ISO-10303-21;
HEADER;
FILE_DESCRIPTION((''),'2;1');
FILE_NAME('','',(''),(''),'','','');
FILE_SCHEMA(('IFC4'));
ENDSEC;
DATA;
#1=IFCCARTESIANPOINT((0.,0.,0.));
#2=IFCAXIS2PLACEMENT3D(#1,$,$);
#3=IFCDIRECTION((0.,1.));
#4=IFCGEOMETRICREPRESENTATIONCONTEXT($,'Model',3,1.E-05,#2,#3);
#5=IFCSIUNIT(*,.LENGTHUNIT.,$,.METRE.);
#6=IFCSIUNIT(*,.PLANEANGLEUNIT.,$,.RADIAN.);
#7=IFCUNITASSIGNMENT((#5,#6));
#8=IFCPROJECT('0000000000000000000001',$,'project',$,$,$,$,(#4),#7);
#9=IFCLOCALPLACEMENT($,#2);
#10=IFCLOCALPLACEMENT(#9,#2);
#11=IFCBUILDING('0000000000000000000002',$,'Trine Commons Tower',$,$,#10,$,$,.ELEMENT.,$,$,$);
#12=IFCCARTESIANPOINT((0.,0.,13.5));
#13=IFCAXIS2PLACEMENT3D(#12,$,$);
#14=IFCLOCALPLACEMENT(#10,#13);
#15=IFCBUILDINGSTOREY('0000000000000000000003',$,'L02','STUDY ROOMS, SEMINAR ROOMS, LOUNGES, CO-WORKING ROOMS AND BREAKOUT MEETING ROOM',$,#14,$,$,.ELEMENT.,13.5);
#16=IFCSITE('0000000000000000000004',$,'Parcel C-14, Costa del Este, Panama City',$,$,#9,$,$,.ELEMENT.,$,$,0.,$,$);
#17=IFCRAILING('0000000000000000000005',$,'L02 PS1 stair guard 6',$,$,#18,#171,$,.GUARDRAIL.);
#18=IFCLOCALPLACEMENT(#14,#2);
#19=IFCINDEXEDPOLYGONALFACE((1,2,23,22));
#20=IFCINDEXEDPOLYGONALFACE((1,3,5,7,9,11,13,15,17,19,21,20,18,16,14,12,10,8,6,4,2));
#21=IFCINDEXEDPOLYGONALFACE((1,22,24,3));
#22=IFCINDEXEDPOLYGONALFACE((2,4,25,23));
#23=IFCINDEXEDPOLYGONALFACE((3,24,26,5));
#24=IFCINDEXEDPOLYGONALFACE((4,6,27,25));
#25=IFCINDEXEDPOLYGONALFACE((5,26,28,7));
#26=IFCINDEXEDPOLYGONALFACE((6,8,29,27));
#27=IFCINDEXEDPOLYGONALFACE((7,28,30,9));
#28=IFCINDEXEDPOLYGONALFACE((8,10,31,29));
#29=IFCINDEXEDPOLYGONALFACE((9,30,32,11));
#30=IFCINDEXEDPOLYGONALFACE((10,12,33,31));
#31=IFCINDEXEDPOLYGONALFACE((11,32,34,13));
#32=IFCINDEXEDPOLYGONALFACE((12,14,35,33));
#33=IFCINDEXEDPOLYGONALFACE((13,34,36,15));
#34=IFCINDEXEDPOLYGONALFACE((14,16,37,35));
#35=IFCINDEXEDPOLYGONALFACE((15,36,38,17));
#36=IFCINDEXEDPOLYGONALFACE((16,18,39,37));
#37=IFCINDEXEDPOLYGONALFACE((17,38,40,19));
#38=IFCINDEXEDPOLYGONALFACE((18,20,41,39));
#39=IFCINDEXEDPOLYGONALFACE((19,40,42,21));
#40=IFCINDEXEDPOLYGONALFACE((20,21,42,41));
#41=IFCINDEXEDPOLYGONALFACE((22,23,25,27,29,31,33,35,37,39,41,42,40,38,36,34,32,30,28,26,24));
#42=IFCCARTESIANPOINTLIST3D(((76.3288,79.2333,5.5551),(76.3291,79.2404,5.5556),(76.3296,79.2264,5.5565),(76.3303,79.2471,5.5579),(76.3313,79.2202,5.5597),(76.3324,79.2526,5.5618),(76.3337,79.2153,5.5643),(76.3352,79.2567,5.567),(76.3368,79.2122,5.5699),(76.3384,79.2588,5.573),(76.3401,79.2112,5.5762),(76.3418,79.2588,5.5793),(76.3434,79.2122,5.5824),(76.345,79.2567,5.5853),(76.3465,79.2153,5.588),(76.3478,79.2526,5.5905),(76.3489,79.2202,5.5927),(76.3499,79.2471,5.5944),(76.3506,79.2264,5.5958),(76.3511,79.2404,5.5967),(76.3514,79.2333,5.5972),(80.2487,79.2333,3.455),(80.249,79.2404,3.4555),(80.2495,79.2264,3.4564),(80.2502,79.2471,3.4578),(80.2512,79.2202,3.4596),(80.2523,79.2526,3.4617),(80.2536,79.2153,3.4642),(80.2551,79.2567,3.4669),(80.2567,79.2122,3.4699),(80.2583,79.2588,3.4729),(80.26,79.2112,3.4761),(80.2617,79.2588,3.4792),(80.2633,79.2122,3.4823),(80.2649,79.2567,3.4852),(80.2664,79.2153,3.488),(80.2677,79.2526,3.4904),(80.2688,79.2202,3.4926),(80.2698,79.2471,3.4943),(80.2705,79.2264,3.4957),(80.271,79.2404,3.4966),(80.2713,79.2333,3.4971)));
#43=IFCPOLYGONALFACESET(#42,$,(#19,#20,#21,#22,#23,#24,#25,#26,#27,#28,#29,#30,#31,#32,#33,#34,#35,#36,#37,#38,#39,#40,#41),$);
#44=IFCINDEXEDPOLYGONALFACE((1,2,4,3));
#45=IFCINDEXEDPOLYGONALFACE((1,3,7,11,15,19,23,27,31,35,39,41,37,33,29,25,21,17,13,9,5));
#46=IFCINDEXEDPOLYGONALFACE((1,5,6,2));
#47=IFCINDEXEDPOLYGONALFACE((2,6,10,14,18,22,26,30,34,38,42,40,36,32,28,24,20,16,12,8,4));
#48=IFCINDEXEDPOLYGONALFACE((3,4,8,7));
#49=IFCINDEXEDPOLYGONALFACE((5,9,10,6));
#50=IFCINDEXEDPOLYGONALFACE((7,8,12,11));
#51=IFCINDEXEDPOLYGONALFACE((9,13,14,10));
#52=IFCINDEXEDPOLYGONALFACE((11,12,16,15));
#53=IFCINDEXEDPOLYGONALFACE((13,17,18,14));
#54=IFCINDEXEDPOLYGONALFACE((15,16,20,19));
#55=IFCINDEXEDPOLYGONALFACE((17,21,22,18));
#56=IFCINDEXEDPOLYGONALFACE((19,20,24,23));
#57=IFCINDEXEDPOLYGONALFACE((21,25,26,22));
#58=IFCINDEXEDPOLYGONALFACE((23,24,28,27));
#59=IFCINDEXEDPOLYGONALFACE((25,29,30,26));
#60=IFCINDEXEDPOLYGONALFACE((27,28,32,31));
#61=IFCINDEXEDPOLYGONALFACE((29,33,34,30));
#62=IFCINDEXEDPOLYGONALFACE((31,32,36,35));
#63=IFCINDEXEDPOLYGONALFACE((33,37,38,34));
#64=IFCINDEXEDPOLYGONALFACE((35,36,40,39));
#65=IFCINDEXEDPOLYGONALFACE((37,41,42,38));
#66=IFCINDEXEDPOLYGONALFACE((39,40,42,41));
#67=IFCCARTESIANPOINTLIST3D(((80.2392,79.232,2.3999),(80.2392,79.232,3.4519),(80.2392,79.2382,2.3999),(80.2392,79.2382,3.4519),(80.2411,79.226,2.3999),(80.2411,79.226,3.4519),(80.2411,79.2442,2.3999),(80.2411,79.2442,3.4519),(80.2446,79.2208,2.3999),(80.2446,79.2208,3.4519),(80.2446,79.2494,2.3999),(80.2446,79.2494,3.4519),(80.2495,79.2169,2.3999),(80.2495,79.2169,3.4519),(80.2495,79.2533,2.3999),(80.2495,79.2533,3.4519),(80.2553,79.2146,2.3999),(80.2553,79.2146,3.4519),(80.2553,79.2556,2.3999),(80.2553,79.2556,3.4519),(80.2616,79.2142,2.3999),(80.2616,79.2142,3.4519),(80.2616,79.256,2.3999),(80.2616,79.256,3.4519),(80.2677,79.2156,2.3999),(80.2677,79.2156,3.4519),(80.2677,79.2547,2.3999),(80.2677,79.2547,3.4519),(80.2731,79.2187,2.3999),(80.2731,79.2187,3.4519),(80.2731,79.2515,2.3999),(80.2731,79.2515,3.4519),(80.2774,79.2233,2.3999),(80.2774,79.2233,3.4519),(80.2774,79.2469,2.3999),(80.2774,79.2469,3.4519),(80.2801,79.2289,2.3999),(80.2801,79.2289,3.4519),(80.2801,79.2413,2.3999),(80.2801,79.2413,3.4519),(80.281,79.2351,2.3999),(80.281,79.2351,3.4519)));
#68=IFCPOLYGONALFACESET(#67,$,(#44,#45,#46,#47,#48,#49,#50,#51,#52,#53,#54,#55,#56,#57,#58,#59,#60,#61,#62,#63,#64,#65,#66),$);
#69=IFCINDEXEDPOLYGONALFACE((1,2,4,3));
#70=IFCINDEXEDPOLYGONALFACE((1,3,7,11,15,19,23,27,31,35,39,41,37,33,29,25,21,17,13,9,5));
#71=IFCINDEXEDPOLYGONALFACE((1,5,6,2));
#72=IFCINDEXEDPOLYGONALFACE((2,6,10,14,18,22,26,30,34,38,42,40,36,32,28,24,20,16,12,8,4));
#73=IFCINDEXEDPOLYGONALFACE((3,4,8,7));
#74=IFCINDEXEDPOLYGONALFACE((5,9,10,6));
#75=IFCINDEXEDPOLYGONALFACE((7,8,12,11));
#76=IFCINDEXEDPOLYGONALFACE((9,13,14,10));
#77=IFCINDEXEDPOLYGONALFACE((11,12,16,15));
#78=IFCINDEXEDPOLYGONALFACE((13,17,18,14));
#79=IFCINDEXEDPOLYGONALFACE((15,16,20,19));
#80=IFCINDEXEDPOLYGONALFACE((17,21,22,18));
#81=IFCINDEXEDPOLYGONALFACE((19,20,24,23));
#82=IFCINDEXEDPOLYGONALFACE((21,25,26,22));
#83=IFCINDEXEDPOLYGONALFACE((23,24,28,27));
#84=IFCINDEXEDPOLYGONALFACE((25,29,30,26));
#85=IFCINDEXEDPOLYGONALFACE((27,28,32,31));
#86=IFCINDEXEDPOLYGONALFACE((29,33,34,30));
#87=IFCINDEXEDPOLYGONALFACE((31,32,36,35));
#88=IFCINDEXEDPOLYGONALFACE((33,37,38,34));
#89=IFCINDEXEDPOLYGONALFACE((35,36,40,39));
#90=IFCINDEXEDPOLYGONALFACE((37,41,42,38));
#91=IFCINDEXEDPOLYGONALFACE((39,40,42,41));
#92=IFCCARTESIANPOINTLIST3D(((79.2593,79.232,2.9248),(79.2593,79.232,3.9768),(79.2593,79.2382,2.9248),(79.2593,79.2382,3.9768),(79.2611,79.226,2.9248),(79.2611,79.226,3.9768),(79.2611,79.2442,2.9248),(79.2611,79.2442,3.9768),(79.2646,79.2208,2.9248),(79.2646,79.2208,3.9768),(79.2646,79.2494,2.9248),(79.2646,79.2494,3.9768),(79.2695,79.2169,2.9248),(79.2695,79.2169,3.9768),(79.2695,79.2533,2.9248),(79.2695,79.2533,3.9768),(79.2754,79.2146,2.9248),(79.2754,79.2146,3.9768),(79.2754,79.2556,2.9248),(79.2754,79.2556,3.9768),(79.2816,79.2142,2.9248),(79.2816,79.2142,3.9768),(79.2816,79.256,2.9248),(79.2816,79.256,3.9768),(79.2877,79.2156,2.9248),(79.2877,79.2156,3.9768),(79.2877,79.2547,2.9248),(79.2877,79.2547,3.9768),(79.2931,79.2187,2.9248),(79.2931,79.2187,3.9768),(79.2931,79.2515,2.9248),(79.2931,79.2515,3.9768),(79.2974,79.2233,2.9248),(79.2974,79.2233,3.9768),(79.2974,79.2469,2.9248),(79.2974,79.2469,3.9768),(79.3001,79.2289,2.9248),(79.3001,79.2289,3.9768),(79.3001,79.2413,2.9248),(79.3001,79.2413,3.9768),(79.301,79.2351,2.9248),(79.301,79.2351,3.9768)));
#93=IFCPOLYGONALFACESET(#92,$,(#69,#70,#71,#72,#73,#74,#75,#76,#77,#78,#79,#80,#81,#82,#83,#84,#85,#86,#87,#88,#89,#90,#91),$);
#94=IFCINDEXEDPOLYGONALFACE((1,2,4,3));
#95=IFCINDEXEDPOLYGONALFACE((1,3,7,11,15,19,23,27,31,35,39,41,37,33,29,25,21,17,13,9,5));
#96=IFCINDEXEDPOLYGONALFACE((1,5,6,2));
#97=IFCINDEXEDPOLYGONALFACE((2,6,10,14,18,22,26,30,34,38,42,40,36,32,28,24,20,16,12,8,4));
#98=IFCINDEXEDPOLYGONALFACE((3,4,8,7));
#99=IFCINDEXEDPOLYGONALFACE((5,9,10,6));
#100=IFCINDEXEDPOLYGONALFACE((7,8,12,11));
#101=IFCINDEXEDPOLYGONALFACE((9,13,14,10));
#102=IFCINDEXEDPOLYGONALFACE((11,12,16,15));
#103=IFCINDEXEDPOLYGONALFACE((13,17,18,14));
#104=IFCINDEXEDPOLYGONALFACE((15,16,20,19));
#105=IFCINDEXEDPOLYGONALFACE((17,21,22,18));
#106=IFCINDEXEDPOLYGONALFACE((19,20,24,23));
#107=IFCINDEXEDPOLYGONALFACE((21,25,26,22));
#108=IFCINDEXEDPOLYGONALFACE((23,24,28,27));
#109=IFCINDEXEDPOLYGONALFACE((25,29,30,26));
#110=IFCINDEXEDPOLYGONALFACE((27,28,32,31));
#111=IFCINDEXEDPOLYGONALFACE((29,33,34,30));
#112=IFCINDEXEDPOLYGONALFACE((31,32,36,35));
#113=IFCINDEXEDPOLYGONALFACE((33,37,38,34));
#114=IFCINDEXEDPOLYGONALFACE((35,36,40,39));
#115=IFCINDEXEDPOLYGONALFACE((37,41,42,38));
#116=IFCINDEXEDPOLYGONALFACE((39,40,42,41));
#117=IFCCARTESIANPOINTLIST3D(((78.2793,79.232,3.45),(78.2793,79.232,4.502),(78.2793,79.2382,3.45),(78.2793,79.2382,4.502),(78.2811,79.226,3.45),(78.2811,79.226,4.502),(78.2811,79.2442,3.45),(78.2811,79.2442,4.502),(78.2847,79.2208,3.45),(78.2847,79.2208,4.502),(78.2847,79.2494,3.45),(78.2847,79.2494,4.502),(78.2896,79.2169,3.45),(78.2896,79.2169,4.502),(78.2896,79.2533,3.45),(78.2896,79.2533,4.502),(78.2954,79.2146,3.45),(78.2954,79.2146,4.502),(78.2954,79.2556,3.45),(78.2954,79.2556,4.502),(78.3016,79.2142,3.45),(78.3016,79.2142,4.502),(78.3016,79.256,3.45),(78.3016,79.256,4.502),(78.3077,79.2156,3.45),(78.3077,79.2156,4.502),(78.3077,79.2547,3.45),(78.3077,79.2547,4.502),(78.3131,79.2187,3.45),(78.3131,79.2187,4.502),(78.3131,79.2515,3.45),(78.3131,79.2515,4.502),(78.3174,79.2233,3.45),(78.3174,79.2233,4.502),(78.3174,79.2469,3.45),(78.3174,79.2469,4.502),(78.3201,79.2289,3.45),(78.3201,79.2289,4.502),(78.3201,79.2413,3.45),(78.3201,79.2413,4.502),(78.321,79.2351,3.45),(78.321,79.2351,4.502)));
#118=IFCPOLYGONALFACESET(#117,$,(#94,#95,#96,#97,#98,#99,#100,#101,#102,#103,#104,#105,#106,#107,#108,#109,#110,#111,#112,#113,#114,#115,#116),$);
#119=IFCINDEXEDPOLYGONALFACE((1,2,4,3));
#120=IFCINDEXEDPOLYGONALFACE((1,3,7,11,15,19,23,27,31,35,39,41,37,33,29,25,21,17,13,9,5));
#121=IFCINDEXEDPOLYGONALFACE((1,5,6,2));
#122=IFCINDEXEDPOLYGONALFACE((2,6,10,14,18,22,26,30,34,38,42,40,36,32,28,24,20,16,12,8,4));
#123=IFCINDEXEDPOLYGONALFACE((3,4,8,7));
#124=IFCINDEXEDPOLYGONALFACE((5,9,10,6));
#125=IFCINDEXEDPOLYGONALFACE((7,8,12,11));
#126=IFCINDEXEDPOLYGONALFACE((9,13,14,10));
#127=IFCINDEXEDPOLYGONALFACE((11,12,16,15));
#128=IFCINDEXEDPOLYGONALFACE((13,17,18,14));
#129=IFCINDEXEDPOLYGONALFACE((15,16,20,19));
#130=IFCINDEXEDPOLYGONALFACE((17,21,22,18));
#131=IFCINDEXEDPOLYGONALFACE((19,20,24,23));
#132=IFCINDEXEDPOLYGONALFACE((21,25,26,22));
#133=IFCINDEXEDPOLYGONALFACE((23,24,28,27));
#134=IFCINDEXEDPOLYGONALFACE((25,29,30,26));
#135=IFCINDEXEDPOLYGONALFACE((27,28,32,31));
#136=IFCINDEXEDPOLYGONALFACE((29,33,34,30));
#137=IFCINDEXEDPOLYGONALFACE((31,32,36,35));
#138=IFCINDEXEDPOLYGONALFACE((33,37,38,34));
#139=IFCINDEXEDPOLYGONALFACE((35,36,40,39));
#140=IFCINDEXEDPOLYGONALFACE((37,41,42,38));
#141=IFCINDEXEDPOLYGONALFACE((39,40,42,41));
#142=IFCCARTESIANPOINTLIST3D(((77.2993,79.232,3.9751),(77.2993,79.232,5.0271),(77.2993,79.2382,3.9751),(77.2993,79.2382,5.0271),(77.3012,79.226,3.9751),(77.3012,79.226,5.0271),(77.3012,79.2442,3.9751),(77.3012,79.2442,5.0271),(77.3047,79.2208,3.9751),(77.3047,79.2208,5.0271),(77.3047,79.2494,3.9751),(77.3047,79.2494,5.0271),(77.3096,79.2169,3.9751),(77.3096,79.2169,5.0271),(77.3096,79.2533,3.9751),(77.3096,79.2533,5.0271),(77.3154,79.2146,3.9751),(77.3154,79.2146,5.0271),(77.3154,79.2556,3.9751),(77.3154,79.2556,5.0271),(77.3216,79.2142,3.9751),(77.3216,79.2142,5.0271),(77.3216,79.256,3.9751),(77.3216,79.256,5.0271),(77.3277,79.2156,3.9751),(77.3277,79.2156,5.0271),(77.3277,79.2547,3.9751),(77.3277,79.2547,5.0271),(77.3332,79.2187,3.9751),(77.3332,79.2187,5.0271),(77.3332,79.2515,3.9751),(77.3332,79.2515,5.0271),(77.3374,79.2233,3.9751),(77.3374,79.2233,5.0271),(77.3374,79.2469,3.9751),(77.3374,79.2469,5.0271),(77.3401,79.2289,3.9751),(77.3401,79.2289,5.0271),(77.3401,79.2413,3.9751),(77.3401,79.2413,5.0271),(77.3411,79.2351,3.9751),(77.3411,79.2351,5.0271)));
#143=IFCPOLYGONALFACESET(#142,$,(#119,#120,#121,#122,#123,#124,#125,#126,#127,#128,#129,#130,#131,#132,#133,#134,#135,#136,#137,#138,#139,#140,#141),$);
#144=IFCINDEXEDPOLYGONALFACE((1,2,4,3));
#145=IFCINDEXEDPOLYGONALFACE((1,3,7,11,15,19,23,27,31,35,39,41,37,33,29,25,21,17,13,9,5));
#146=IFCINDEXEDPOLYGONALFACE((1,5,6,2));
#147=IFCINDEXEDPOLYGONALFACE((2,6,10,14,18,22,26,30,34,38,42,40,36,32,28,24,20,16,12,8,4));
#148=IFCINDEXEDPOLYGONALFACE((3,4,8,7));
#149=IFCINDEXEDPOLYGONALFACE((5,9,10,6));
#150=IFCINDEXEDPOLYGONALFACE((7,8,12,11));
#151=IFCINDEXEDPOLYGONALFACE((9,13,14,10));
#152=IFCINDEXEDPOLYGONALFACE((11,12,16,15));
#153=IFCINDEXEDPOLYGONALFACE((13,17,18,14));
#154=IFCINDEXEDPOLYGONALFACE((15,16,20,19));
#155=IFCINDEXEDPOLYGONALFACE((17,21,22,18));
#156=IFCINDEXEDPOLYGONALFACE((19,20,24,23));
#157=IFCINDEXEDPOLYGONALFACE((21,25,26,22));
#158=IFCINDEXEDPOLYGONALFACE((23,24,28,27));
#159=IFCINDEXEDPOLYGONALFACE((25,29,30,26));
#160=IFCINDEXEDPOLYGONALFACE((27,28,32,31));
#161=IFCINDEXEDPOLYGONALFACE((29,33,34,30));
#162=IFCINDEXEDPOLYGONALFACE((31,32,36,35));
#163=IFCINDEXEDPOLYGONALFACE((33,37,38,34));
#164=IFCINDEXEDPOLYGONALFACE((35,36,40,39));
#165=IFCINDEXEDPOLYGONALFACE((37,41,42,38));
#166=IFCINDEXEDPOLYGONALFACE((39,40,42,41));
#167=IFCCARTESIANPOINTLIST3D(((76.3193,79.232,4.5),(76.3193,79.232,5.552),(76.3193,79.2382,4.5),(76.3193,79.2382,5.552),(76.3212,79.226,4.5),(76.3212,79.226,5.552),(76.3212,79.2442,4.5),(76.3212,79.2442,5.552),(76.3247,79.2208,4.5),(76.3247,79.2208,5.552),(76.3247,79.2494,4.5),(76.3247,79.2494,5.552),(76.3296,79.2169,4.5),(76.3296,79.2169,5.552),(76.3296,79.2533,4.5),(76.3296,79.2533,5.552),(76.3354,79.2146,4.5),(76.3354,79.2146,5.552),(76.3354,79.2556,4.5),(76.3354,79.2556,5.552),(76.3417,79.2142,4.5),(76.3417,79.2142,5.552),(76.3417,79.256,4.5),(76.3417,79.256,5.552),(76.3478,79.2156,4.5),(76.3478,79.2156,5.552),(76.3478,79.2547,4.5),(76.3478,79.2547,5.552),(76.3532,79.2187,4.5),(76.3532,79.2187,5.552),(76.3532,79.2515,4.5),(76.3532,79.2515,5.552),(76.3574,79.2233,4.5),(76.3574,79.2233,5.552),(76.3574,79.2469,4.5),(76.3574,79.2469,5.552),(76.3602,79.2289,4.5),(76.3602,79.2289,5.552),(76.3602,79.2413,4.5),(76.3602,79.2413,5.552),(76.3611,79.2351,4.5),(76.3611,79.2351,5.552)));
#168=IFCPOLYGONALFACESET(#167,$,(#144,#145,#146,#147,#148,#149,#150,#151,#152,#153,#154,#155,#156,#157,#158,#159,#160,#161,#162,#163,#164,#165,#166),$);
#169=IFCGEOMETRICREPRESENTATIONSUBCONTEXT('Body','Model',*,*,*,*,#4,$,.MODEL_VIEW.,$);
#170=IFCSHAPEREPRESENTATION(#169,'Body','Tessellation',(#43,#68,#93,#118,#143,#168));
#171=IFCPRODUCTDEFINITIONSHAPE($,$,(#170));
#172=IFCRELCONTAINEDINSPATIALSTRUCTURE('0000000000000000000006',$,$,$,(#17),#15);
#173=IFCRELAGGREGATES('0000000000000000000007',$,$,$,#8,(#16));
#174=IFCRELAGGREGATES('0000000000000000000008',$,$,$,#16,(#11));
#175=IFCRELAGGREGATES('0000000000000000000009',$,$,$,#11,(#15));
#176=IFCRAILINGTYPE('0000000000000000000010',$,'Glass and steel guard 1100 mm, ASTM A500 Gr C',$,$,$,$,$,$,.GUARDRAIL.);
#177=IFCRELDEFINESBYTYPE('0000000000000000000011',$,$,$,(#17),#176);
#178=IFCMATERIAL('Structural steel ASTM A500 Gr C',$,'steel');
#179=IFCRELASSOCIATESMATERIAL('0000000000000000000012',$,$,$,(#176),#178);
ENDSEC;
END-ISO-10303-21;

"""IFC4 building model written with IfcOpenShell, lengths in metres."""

from ifc_helpers import new_model, si_unit, direction, frame, origin, origin_2d, place, context, subcontext, project, spatial, circle, extrude, material, type_object, element, save


model = new_model("IFC4")

# Units and contexts
model_context = context("Model", 3, precision=1e-05, world=origin(), true_north=direction((0.0, 1.0)))
body_context = subcontext(model_context, "Body", "Model", "MODEL_VIEW")
ifc_project = project(units=[si_unit("LENGTHUNIT", "METRE"), si_unit("PLANEANGLEUNIT", "RADIAN")], contexts=[model_context])

# Site, building, storey
site_placement = place(None, origin())
site = spatial("IfcSite", under=ifc_project, at=site_placement, Name="Parcel C-14, Costa del Este, Panama City", CompositionType="ELEMENT", RefElevation=0.0)
building_placement = place(site_placement, origin())
building = spatial("IfcBuilding", under=site, at=building_placement, Name="Trine Commons Tower", CompositionType="ELEMENT")
storey_placement = place(building_placement, frame((0.0, 0.0, 13.5)))
storey = spatial("IfcBuildingStorey", under=building, at=storey_placement, Name="L02", Description="STUDY ROOMS, SEMINAR ROOMS, LOUNGES, CO-WORKING ROOMS AND BREAKOUT MEETING ROOM", CompositionType="ELEMENT", Elevation=13.5)

# Railing
ifc_material_1 = material(Name="Structural steel ASTM A500 Gr C", Category="steel")
railing_type_1 = type_object("IfcRailingType", Name="Glass and steel guard 1100 mm, ASTM A500 Gr C", PredefinedType="GUARDRAIL", material=ifc_material_1)
railing_1_placement = place(storey_placement, frame((80.26, 79.2351, 2.3999)))
element("IfcRailing", 1, at=railing_1_placement, inside=storey, type_object=railing_type_1, Name="L02 PS1 stair guard 6", PredefinedType="GUARDRAIL", context=body_context, shape_type="SweptSolid", body=[
    extrude(circle(Radius=0.0239, at=origin_2d()), frame((0.0, 0.0, 1.0762), z_axis=(-0.881467, 0.0, 0.472246), x_axis=(0.0, -1.0, 0.0)), (0.0, 0.0, 1.0), 4.447),
    extrude(circle(Radius=0.021, at=origin_2d()), origin(), (0.0, 0.0, 1.0), 1.052),
    extrude(circle(Radius=0.021, at=origin_2d()), frame((-0.98, 0.0, 0.5249)), (0.0, 0.0, 1.0), 1.052),
    extrude(circle(Radius=0.021, at=origin_2d()), frame((-1.96, 0.0, 1.05)), (0.0, 0.0, 1.0), 1.052),
    extrude(circle(Radius=0.021, at=origin_2d()), frame((-2.9399, 0.0, 1.5752)), (0.0, 0.0, 1.0), 1.052),
    extrude(circle(Radius=0.021, at=origin_2d()), frame((-3.9199, 0.0, 2.1001)), (0.0, 0.0, 1.0), 1.052),
])

save(model, "model.ifc")
